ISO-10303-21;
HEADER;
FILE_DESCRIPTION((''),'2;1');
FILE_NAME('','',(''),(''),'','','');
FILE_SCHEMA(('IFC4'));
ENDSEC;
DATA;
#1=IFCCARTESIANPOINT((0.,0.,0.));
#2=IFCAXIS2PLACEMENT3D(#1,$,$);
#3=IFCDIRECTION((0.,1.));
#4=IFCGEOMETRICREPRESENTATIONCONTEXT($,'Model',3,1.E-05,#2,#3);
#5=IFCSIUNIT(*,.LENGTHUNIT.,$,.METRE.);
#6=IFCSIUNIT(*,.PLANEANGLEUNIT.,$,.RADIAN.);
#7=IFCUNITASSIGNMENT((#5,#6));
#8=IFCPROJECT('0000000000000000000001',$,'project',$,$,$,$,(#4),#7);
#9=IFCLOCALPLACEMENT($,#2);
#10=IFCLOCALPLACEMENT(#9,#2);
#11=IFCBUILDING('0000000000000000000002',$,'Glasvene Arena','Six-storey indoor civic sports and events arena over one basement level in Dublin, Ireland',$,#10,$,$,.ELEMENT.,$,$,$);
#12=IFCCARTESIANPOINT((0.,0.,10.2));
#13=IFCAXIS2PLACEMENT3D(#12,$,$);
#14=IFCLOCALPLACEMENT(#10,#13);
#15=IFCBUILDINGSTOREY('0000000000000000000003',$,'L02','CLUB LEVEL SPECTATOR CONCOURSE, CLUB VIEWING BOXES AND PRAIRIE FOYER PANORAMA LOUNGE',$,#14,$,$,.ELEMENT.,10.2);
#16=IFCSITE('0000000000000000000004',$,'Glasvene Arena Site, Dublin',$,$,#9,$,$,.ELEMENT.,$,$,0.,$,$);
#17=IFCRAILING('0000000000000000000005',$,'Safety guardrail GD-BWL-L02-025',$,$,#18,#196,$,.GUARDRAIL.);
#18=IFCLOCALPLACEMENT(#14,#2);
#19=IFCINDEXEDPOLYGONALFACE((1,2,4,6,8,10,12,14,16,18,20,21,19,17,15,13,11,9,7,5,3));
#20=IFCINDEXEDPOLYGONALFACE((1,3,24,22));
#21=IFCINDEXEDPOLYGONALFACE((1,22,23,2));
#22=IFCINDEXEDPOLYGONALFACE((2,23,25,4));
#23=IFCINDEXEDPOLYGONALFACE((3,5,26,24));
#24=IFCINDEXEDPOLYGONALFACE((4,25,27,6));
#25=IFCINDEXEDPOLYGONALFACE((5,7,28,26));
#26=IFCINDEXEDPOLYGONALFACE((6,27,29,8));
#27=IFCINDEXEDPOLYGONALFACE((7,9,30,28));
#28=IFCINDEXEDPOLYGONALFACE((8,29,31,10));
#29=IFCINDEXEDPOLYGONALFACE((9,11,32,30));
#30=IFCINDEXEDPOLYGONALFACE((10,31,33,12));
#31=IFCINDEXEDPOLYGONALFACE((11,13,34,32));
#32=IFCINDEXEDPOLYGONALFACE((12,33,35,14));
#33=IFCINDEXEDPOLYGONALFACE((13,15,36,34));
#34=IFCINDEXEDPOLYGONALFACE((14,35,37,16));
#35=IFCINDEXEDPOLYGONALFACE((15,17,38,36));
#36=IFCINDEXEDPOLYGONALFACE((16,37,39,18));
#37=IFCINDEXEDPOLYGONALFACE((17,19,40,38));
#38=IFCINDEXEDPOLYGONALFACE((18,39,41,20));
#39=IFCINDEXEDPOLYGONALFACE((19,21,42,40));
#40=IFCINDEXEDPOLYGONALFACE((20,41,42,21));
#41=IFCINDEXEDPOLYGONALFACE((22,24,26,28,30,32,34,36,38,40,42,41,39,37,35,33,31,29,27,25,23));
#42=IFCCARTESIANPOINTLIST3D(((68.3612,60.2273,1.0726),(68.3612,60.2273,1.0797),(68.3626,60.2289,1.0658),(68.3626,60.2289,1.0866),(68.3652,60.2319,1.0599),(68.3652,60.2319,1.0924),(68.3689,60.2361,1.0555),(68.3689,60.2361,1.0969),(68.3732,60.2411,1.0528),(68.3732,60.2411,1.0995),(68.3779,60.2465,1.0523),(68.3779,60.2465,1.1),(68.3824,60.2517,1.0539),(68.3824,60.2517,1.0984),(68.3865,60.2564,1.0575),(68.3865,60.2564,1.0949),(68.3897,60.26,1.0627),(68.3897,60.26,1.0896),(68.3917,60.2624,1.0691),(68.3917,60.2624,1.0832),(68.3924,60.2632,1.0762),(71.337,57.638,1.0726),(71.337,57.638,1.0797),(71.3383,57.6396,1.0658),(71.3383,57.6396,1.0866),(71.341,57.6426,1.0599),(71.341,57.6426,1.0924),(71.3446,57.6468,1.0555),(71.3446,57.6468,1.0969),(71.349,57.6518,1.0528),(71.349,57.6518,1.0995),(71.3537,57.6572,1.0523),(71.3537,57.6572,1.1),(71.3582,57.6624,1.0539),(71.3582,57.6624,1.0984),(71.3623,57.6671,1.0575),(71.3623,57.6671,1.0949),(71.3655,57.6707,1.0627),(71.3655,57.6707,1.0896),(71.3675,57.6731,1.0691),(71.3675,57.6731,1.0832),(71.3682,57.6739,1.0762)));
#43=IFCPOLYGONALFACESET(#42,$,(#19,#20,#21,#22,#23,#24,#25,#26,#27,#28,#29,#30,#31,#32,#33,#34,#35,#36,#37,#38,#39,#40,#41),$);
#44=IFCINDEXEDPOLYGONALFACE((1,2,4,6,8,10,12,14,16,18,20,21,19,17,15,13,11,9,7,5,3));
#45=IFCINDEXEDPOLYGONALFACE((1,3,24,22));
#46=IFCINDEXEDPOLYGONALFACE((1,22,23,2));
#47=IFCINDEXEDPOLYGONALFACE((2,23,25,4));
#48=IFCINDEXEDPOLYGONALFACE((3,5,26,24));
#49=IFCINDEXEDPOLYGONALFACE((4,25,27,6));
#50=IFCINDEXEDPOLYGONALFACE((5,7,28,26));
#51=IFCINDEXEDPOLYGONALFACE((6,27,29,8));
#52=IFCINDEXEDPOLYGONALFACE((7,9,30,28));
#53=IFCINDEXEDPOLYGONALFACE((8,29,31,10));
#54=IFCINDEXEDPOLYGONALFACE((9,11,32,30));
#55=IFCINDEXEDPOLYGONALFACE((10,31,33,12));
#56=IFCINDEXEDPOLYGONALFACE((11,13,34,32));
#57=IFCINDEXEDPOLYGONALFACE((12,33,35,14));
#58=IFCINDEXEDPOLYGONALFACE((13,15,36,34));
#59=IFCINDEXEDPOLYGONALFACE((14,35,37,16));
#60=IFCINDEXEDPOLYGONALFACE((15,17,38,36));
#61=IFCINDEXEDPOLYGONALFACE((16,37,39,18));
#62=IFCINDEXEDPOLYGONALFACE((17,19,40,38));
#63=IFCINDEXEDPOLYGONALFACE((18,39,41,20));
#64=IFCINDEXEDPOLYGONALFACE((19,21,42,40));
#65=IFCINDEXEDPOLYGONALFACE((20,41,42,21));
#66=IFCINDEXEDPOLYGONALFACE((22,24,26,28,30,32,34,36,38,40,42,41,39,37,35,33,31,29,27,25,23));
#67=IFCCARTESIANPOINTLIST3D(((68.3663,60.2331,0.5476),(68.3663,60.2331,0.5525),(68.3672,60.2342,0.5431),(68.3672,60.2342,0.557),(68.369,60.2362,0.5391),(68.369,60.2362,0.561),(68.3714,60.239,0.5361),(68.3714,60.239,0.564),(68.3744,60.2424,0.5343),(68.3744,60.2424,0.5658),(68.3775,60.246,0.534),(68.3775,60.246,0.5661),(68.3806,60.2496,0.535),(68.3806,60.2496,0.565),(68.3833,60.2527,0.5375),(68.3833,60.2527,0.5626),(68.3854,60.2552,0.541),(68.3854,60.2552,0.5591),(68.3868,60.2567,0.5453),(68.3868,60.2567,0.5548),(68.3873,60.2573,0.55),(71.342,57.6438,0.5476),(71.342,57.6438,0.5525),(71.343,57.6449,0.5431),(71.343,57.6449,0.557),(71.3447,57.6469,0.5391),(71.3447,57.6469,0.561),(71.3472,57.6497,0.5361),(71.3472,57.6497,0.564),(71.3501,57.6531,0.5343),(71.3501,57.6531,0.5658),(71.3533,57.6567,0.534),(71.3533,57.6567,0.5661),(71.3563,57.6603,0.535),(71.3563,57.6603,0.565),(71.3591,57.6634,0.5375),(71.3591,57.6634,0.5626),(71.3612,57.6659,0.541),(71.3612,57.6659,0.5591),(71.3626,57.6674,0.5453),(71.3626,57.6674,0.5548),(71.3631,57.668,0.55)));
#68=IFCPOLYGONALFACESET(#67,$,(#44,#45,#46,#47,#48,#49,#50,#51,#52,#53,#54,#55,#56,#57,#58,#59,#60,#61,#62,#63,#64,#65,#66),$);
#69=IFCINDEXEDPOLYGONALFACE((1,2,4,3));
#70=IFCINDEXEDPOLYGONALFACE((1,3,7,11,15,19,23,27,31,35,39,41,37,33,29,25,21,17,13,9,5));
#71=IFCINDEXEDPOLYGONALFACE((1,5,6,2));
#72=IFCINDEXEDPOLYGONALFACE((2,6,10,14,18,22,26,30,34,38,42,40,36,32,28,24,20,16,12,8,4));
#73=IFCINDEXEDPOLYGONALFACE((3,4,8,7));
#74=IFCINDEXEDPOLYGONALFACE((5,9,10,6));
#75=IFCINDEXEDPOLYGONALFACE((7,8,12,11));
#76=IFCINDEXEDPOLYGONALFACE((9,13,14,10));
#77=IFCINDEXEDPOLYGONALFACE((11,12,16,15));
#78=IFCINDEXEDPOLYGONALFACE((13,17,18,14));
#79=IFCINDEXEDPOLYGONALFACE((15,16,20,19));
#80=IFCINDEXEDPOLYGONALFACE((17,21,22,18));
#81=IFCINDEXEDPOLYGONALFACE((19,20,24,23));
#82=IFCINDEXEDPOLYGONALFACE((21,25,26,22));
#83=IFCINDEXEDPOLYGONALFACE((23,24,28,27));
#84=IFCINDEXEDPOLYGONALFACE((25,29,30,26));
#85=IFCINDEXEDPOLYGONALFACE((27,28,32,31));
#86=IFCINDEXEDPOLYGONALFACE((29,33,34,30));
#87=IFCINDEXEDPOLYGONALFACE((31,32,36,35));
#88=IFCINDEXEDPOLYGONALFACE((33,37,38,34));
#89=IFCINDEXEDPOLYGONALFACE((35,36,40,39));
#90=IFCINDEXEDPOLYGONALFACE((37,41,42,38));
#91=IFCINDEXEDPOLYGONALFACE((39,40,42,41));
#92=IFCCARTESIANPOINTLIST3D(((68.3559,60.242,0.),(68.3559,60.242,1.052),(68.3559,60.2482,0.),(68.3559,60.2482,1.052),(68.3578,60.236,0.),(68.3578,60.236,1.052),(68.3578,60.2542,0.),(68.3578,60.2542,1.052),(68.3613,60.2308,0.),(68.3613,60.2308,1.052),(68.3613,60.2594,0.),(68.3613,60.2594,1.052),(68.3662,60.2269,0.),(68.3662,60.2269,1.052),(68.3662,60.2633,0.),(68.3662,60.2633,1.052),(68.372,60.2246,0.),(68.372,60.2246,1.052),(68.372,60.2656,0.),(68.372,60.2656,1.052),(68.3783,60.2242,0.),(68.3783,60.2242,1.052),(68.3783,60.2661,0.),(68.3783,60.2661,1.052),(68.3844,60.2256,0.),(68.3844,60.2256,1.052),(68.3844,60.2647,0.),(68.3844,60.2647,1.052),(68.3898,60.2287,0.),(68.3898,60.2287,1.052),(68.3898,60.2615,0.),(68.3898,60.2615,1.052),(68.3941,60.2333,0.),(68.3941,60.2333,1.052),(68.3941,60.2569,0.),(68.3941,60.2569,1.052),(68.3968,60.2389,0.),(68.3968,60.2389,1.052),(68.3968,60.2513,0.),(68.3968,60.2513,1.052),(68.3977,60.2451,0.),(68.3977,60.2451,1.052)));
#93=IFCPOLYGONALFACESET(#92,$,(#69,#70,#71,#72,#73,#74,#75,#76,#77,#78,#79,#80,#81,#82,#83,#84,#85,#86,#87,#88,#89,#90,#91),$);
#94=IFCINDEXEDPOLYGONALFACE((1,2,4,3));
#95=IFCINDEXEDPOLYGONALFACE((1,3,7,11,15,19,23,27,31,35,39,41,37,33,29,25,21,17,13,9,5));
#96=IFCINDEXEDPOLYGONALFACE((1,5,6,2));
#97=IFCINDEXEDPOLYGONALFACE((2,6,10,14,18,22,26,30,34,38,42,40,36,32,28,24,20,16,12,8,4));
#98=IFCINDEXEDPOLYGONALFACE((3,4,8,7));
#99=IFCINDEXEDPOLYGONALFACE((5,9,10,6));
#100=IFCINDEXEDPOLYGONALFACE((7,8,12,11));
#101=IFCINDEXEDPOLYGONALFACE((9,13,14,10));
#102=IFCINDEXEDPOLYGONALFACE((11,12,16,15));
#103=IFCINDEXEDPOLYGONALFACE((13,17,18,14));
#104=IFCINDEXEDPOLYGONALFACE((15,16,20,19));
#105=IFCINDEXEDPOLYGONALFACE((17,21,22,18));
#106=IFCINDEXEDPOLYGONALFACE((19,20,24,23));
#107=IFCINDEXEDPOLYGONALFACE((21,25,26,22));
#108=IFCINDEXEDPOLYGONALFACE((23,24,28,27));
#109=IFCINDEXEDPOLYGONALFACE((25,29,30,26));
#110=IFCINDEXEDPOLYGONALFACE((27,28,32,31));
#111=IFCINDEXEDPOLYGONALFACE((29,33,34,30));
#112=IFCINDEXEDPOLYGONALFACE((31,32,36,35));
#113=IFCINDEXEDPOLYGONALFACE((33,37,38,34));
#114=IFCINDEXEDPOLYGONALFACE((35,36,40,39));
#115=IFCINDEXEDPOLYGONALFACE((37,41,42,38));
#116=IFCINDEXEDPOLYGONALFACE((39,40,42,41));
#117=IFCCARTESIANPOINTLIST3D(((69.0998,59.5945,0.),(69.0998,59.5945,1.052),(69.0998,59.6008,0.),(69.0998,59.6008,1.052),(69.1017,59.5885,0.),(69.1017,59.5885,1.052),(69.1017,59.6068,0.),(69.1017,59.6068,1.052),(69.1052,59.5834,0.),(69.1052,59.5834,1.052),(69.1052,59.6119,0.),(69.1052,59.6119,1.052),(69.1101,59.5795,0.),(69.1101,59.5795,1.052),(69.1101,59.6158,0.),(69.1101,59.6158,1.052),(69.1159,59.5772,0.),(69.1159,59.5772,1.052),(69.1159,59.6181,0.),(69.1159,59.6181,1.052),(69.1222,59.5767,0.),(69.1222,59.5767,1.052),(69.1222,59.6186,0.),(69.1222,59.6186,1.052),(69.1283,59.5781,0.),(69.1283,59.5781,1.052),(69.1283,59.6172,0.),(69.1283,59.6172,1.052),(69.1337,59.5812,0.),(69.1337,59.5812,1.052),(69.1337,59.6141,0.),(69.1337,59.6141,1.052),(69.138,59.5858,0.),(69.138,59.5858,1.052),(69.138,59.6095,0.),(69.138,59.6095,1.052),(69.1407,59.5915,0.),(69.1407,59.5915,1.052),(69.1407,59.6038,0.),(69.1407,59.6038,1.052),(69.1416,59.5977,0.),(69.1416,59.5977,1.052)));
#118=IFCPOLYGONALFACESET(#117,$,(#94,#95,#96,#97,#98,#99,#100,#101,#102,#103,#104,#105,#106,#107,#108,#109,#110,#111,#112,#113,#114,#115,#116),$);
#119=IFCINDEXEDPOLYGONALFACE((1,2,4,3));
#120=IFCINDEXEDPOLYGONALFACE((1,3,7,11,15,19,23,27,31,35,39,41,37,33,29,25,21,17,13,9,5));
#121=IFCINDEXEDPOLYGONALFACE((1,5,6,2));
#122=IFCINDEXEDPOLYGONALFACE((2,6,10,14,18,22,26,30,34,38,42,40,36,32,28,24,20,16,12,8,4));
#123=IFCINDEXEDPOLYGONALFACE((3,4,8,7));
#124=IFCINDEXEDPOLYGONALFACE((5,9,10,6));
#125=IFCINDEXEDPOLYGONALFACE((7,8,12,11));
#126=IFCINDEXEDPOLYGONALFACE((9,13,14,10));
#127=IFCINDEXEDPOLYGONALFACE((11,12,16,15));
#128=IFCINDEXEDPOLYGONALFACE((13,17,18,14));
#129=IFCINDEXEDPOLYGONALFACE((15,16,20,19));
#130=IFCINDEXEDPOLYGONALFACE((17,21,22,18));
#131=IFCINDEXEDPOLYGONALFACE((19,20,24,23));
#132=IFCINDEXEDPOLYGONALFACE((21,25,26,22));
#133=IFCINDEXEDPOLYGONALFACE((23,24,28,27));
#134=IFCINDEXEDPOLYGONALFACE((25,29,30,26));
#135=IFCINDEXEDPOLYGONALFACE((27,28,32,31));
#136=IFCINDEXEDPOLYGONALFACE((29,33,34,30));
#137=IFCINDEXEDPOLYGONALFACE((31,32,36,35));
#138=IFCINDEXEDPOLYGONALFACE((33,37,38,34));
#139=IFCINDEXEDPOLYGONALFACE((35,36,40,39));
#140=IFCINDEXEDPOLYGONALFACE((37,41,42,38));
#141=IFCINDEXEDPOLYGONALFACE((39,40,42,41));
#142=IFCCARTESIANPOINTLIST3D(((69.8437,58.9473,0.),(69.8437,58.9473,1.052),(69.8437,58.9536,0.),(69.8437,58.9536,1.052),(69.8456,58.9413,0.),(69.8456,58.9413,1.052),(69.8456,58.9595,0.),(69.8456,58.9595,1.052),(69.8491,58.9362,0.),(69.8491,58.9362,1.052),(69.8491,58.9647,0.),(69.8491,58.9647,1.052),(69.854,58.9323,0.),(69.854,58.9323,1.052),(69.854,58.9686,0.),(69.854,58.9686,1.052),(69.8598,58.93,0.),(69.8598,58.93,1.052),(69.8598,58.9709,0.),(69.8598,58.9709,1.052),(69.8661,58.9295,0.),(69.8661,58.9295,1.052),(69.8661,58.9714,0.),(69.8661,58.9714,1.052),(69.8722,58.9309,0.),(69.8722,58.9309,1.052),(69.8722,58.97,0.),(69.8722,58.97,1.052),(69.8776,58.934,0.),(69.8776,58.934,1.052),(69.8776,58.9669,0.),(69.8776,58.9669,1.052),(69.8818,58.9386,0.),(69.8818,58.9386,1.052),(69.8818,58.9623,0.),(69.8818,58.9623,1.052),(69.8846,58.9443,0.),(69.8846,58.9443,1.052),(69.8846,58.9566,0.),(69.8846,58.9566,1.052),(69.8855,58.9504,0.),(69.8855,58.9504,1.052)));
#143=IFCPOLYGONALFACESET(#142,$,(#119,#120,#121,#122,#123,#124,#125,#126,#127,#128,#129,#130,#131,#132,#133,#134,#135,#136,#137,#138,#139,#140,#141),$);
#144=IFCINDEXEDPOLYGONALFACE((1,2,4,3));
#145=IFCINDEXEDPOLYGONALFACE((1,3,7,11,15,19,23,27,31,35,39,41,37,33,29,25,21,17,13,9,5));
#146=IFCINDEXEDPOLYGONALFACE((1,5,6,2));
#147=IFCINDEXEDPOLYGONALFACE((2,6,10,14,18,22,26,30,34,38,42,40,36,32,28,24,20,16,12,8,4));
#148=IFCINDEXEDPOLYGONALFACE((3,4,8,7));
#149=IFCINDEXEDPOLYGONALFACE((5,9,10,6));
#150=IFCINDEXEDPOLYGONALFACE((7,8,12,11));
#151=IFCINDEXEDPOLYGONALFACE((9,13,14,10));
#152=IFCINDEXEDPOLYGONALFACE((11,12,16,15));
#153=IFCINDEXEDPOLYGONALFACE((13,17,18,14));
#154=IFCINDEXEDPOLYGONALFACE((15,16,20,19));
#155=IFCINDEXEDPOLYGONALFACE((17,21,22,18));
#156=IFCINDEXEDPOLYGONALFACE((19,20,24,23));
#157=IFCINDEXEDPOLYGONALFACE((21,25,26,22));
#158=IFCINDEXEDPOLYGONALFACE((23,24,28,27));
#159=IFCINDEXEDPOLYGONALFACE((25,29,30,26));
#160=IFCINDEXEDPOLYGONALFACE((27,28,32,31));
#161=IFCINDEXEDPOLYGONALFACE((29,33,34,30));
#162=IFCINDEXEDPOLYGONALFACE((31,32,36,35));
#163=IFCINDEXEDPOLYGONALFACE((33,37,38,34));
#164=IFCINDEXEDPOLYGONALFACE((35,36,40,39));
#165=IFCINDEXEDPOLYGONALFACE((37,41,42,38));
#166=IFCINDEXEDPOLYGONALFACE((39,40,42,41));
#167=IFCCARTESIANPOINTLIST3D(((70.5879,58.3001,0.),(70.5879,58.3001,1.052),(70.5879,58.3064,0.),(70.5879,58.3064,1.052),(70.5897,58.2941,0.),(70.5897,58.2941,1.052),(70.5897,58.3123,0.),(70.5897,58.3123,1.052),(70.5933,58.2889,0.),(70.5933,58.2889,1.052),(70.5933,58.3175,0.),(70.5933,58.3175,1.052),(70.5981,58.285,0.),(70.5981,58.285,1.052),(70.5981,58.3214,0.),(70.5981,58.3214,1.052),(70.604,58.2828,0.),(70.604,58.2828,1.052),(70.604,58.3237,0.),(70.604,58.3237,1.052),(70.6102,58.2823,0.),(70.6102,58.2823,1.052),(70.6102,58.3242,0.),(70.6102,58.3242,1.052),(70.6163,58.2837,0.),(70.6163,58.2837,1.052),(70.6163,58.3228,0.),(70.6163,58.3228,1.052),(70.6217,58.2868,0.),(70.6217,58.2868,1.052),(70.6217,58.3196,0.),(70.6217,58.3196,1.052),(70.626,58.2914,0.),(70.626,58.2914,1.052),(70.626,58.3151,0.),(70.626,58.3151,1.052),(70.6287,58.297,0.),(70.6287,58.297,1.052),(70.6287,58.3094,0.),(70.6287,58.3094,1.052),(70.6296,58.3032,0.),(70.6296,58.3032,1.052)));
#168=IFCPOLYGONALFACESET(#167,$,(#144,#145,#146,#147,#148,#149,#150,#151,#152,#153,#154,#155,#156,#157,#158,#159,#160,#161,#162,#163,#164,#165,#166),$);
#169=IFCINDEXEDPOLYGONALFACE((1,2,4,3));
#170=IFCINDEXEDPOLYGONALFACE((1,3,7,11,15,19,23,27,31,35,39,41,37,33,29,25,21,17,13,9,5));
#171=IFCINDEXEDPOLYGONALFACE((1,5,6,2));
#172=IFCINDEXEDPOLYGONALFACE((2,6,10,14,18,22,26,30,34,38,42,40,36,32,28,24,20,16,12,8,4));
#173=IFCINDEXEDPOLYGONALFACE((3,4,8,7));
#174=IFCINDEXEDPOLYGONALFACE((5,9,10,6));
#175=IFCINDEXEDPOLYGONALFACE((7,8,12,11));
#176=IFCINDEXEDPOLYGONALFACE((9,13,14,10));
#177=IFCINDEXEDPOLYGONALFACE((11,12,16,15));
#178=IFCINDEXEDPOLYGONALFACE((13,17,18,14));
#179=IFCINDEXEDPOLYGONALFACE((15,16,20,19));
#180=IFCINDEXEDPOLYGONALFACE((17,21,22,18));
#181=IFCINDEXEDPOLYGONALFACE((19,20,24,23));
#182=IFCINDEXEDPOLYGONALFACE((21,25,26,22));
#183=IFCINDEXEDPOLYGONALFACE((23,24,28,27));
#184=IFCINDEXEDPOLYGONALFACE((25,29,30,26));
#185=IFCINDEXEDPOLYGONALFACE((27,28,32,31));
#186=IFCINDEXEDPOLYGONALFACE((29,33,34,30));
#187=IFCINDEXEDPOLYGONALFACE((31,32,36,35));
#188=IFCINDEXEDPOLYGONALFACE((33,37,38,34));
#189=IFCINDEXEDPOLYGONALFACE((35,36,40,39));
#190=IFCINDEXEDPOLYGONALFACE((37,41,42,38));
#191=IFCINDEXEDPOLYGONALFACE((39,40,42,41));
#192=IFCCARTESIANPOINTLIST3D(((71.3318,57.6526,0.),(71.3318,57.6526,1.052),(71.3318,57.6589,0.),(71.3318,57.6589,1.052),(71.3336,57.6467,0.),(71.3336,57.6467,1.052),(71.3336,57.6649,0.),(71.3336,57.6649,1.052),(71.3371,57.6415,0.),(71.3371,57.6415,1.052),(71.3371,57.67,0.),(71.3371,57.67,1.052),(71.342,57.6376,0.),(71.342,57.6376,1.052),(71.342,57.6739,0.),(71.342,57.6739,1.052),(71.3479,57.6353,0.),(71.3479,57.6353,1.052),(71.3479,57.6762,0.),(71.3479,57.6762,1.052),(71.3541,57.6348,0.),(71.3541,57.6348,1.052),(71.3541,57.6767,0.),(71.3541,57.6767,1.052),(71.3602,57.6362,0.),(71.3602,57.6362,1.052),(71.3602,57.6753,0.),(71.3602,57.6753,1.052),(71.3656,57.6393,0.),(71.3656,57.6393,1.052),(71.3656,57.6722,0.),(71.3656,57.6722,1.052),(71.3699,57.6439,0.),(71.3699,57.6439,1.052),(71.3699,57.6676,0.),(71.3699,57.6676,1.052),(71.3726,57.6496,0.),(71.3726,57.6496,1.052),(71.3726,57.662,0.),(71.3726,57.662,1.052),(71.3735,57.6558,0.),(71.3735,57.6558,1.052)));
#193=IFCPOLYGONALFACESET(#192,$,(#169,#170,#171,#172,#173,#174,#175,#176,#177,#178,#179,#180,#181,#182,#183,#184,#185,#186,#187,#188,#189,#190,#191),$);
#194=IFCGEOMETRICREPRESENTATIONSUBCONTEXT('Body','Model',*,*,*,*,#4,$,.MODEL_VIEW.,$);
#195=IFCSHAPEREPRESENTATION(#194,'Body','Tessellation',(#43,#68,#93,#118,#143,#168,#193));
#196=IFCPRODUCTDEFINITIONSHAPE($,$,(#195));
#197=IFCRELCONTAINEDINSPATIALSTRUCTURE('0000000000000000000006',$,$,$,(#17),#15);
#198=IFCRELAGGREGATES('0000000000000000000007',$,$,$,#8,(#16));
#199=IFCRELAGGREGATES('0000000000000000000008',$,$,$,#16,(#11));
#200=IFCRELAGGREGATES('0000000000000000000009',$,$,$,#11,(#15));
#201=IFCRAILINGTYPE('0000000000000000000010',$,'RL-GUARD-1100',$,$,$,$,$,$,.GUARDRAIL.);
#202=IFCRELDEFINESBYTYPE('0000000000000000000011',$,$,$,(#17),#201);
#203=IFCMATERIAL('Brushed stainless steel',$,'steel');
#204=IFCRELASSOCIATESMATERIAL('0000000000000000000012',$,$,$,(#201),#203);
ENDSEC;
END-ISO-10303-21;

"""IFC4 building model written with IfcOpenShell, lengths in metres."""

from ifc_helpers import new_model, si_unit, direction, frame, origin, origin_2d, place, context, subcontext, project, spatial, circle, extrude, material, type_object, element, save


model = new_model("IFC4")

# Units and contexts
model_context = context("Model", 3, precision=1e-05, world=origin(), true_north=direction((0.0, 1.0)))
body_context = subcontext(model_context, "Body", "Model", "MODEL_VIEW")
ifc_project = project(units=[si_unit("LENGTHUNIT", "METRE"), si_unit("PLANEANGLEUNIT", "RADIAN")], contexts=[model_context])

# Site, building, storey
site_placement = place(None, origin())
site = spatial("IfcSite", under=ifc_project, at=site_placement, Name="Glasvene Arena Site, Dublin", CompositionType="ELEMENT", RefElevation=0.0)
building_placement = place(site_placement, origin())
building = spatial("IfcBuilding", under=site, at=building_placement, Name="Glasvene Arena", Description="Six-storey indoor civic sports and events arena over one basement level in Dublin, Ireland", CompositionType="ELEMENT")
storey_placement = place(building_placement, frame((0.0, 0.0, 10.2)))
storey = spatial("IfcBuildingStorey", under=building, at=storey_placement, Name="L02", Description="CLUB LEVEL SPECTATOR CONCOURSE, CLUB VIEWING BOXES AND PRAIRIE FOYER PANORAMA LOUNGE", CompositionType="ELEMENT", Elevation=10.2)

# Railing
ifc_material_1 = material(Name="Brushed stainless steel", Category="steel")
railing_type = type_object("IfcRailingType", Name="RL-GUARD-1100", PredefinedType="GUARDRAIL", material=ifc_material_1)
railing_1_placement = place(storey_placement, frame((68.3767, 60.2451, 0.0)))
element("IfcRailing", 1, at=railing_1_placement, inside=storey, type_object=railing_type, Name="Safety guardrail GD-BWL-L02-025", PredefinedType="GUARDRAIL", context=body_context, shape_type="SweptSolid", body=[
    extrude(circle(Radius=0.0239, at=origin_2d()), frame((0.0, 0.0, 1.0762), z_axis=(0.754395, -0.656421, 0.0), x_axis=(0.656421, 0.754395, 0.0)), (0.0, 0.0, 1.0), 3.9446),
    extrude(circle(Radius=0.0161, at=origin_2d()), frame((0.0, 0.0, 0.55), z_axis=(0.754395, -0.656421, 0.0), x_axis=(0.656421, 0.754395, 0.0)), (0.0, 0.0, 1.0), 3.9446),
    extrude(circle(Radius=0.021, at=origin_2d()), origin(), (0.0, 0.0, 1.0), 1.052),
    extrude(circle(Radius=0.021, at=origin_2d()), frame((0.7439, -0.6475, 0.0)), (0.0, 0.0, 1.0), 1.052),
    extrude(circle(Radius=0.021, at=origin_2d()), frame((1.4878, -1.2947, 0.0)), (0.0, 0.0, 1.0), 1.052),
    extrude(circle(Radius=0.021, at=origin_2d()), frame((2.2319, -1.9419, 0.0)), (0.0, 0.0, 1.0), 1.052),
    extrude(circle(Radius=0.021, at=origin_2d()), frame((2.9758, -2.5894, 0.0)), (0.0, 0.0, 1.0), 1.052),
])

save(model, "model.ifc")
